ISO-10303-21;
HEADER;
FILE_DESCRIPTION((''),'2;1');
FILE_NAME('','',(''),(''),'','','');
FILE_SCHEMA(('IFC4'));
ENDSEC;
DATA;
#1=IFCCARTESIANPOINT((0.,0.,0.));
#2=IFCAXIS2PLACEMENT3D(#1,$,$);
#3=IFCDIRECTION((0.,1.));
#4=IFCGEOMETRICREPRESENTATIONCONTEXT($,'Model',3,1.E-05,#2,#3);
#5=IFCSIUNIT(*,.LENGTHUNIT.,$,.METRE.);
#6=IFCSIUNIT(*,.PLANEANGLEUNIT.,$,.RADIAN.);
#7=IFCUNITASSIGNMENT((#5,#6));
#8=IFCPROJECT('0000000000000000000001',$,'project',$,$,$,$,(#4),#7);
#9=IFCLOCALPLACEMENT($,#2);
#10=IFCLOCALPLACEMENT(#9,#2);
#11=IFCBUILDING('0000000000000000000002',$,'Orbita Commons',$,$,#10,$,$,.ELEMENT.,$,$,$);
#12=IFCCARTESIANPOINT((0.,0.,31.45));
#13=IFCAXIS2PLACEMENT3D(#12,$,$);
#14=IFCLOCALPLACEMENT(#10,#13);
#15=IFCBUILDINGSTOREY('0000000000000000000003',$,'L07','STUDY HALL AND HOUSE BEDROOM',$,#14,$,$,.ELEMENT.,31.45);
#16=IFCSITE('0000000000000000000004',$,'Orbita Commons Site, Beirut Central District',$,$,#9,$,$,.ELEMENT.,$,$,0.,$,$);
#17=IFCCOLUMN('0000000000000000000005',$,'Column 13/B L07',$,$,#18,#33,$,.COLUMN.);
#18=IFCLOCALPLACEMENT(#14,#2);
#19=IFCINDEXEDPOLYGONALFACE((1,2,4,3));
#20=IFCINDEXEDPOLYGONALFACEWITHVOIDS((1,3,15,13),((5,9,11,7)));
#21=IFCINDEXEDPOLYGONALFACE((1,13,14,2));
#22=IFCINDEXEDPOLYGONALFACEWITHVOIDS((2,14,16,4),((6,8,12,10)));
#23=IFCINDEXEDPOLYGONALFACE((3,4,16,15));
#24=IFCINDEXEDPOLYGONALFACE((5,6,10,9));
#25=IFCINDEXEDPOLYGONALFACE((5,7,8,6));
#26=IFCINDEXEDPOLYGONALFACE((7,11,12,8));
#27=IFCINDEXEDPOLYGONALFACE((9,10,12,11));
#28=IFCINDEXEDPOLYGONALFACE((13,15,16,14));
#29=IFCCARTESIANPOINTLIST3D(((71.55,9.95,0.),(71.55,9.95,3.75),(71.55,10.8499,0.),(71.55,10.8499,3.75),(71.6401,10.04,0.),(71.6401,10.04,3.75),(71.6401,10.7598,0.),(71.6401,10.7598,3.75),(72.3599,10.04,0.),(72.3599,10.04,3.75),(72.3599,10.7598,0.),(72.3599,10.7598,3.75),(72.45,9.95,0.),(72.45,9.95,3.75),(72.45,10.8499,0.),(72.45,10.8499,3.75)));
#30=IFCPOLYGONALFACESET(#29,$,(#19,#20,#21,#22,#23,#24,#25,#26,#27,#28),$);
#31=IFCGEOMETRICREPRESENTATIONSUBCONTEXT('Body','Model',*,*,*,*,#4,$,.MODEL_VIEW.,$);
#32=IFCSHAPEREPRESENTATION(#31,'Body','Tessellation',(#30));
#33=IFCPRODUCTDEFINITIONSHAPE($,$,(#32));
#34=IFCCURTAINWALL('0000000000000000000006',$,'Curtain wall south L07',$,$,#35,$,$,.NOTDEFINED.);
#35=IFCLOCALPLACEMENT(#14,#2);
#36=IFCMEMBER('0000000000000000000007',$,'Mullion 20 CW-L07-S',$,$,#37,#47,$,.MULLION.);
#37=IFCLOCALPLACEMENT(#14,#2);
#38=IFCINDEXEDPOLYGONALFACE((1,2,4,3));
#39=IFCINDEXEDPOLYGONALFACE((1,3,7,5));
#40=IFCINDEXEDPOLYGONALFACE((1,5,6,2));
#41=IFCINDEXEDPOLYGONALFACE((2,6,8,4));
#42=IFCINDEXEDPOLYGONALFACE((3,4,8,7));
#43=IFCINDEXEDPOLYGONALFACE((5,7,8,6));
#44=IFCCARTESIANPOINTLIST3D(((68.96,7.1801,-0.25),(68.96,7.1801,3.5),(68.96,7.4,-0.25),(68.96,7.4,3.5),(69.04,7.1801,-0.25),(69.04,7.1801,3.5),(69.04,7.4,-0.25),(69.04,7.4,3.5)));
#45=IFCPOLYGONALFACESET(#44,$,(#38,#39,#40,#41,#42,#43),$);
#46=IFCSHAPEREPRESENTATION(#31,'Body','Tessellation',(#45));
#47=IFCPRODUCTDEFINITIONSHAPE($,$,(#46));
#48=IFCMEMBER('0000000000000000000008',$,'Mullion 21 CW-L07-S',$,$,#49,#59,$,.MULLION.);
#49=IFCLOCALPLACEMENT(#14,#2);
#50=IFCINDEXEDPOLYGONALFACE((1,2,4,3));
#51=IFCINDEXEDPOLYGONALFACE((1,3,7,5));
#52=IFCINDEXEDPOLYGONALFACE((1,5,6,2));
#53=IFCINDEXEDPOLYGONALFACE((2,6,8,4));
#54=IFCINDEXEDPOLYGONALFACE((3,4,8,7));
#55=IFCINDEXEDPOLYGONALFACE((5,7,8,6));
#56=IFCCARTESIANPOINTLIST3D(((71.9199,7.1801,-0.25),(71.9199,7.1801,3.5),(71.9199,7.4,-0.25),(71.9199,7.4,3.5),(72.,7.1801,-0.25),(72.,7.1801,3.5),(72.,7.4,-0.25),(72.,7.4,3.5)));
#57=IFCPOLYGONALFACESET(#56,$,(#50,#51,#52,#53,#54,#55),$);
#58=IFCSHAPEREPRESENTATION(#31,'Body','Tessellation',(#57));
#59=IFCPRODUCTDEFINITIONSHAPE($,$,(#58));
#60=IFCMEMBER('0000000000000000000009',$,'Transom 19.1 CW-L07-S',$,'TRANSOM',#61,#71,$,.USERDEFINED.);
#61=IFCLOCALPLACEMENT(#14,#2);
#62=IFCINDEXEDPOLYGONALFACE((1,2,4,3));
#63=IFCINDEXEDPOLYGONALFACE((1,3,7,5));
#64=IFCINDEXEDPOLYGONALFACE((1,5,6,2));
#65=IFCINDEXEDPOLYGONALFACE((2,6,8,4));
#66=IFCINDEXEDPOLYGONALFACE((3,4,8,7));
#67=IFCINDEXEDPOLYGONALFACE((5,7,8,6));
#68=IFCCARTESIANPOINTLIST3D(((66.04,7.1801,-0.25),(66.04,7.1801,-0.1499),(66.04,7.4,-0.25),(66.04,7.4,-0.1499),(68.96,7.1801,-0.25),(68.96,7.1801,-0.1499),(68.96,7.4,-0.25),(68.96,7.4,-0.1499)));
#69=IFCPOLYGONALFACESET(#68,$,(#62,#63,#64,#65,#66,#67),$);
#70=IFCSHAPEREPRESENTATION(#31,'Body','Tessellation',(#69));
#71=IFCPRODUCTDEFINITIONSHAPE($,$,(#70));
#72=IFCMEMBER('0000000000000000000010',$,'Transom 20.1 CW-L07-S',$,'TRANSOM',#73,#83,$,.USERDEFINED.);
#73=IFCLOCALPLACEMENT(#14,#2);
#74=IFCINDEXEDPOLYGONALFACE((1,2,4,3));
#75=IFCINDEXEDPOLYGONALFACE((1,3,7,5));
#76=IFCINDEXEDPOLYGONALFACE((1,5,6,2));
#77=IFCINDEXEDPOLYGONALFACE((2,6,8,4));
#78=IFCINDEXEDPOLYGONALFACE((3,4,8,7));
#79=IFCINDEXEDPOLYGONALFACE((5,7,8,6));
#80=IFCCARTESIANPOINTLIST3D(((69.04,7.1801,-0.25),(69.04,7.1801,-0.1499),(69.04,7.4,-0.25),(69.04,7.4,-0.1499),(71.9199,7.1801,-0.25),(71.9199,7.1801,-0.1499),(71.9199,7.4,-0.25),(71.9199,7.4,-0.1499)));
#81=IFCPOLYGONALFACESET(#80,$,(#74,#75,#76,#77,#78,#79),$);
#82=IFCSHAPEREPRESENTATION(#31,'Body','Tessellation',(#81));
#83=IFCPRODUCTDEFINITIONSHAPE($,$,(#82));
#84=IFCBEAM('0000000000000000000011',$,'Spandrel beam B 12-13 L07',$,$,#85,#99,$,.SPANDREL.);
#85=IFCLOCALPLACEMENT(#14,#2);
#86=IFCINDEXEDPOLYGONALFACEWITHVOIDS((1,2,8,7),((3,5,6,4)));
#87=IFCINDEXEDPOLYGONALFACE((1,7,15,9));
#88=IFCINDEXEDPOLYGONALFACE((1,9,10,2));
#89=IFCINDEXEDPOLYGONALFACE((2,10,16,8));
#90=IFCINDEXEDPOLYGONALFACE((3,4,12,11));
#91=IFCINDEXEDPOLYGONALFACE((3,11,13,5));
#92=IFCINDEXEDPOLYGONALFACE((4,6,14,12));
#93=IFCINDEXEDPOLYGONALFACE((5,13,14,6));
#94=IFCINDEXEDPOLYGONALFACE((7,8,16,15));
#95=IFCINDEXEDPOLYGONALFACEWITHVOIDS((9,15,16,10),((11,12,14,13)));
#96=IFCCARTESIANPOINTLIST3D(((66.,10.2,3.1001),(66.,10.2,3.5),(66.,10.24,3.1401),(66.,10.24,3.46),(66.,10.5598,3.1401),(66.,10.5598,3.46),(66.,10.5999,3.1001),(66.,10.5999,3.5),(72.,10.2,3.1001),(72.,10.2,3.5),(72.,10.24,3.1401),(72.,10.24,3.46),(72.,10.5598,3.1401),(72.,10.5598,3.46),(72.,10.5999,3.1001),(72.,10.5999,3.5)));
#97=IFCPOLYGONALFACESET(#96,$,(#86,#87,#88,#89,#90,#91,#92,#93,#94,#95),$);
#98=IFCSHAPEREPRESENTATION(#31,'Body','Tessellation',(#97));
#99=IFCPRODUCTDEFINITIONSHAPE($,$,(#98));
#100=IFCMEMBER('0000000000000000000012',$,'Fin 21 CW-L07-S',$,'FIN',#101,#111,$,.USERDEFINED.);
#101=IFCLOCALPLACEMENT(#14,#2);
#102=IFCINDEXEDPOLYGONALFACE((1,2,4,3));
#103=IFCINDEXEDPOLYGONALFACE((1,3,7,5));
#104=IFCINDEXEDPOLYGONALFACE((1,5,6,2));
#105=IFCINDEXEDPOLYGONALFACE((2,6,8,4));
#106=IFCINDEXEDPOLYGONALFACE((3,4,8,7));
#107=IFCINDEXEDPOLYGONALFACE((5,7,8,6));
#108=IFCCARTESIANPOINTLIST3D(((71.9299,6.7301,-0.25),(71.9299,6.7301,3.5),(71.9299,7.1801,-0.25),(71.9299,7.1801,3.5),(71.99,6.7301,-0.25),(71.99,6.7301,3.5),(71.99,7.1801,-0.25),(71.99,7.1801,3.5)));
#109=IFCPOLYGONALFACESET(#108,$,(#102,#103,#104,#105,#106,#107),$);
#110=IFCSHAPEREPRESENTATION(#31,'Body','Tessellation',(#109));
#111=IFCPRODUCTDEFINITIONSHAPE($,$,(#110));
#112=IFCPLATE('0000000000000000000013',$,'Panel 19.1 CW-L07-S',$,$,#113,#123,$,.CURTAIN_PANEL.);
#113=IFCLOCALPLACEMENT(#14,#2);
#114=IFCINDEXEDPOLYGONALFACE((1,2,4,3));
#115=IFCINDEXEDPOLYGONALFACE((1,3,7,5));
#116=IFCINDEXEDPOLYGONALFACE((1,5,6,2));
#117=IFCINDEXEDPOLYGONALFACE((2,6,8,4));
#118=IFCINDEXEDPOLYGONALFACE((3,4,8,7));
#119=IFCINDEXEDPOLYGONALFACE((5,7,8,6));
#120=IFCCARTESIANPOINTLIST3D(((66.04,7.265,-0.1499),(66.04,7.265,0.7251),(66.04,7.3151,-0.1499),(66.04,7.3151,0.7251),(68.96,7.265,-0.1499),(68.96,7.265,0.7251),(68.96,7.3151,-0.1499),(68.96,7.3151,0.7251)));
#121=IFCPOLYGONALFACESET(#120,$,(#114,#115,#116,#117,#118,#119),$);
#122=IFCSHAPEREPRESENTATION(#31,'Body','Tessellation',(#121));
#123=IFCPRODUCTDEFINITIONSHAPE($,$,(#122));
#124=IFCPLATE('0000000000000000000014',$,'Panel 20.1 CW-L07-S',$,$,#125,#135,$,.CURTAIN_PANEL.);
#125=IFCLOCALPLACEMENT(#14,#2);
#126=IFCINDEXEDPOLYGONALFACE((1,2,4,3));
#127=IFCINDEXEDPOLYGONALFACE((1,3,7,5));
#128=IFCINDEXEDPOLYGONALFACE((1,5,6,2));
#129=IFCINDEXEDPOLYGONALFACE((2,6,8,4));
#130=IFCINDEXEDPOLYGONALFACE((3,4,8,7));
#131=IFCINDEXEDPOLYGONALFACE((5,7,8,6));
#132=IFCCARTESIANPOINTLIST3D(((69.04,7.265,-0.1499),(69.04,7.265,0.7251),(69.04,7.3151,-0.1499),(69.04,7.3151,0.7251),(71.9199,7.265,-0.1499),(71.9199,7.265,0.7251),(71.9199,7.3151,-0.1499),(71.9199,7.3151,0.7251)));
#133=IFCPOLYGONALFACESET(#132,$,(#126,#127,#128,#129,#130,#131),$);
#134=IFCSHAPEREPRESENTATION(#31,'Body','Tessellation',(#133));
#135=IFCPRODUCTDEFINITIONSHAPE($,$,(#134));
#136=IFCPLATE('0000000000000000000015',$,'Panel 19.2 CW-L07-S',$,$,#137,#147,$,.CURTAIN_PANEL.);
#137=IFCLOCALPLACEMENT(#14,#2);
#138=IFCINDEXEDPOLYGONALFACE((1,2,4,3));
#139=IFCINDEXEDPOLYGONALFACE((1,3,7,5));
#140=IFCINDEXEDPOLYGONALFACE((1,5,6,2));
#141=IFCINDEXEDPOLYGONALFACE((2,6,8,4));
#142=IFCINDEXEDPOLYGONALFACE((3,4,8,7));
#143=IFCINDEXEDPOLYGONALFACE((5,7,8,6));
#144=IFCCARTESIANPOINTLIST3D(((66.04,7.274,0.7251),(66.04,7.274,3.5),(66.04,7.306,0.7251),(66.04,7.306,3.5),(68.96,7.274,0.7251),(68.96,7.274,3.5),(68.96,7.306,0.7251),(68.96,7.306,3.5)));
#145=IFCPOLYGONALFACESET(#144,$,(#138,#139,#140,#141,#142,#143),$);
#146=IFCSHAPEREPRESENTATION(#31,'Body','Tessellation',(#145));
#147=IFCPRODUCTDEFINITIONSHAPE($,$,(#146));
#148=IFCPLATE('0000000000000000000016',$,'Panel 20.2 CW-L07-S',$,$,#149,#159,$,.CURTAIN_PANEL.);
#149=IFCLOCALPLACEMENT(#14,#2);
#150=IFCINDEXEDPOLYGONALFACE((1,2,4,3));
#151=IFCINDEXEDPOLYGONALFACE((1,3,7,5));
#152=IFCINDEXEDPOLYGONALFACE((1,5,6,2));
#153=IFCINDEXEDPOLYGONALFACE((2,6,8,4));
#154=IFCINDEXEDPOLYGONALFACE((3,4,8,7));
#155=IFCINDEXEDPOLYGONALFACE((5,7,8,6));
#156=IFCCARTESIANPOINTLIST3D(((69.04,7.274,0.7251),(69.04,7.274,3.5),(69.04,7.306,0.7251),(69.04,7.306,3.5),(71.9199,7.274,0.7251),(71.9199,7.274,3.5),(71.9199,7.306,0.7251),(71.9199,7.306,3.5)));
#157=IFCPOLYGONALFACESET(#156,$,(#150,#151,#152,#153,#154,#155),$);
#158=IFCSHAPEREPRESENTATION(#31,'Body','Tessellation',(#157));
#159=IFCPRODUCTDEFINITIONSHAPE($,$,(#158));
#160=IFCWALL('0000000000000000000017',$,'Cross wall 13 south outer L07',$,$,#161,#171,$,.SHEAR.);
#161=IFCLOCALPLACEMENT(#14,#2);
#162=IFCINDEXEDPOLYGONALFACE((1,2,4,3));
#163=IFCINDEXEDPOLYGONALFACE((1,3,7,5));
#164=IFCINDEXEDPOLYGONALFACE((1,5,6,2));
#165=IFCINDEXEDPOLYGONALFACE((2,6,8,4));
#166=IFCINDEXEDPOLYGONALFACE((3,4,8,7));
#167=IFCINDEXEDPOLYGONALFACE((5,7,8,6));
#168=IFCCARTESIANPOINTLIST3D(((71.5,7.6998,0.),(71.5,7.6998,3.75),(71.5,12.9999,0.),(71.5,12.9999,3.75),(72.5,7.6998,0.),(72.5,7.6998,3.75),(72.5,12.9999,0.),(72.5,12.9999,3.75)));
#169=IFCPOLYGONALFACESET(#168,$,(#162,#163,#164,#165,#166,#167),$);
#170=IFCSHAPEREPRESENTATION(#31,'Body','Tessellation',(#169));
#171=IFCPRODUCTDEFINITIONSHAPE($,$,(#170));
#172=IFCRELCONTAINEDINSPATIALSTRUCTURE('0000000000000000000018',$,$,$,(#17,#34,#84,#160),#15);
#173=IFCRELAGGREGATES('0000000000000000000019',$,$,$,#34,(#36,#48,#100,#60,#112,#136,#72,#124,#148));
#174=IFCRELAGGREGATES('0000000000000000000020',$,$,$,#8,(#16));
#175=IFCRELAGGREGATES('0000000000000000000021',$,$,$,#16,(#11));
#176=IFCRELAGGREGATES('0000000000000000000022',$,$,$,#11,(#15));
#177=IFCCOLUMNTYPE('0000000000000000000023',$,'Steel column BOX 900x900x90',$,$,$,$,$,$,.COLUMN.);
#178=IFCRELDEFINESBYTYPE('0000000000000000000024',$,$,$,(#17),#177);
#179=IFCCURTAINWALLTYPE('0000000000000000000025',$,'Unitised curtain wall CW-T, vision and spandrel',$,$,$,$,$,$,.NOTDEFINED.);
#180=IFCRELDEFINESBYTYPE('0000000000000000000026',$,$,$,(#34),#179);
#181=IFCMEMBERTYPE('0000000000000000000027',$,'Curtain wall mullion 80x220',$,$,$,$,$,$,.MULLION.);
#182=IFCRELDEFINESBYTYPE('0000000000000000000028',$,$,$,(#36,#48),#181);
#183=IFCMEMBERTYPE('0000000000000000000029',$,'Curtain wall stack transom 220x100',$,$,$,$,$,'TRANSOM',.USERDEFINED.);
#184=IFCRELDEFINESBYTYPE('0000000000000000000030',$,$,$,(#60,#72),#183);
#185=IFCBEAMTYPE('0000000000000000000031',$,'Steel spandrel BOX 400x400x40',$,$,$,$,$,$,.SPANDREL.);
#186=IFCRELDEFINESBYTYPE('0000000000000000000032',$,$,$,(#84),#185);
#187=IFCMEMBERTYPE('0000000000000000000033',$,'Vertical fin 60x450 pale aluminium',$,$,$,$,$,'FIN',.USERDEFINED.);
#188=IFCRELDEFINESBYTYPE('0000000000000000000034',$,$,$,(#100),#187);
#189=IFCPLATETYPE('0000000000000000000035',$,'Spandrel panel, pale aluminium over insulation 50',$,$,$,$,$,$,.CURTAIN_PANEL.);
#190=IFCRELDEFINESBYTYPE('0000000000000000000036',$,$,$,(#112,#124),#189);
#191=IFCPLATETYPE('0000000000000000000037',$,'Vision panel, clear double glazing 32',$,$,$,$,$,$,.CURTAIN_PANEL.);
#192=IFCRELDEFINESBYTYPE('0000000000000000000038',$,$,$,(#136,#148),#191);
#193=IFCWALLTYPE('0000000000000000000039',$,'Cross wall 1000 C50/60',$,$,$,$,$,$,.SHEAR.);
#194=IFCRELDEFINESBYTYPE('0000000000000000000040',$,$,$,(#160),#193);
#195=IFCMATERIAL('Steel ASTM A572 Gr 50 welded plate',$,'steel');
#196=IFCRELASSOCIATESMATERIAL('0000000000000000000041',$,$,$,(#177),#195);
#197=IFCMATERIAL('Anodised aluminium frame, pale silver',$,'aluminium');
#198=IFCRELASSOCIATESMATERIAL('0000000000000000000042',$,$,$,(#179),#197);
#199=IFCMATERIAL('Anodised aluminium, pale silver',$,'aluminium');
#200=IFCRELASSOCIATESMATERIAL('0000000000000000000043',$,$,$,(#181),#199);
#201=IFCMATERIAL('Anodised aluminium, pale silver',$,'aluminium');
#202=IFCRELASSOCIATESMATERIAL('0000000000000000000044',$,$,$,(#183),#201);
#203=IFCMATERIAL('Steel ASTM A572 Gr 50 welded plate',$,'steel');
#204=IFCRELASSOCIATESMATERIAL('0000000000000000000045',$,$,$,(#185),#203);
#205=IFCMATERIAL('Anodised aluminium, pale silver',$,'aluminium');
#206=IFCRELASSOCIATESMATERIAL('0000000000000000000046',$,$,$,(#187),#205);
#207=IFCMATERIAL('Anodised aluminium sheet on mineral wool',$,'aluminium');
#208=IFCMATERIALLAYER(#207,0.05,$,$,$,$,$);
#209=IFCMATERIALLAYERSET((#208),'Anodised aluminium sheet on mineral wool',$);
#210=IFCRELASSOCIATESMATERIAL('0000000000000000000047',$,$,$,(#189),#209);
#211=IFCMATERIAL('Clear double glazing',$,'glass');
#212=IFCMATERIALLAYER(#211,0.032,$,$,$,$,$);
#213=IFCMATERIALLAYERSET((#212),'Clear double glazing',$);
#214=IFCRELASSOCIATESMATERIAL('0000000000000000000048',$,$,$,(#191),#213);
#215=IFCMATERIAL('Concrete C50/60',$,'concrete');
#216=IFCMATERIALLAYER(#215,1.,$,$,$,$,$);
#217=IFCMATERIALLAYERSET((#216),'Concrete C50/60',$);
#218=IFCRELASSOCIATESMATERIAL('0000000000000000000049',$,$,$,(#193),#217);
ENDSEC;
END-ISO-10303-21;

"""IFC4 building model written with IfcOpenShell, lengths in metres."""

from ifc_helpers import new_model, si_unit, direction, frame, frame_2d, origin, origin_2d, place, context, subcontext, project, spatial, rectangle, hollow_rectangle, extrude, material, layer, layer_set, material_profile, profile_set, type_object, element, aggregate, save


model = new_model("IFC4")

# Units and contexts
model_context = context("Model", 3, precision=1e-05, world=origin(), true_north=direction((0.0, 1.0)))
body_context = subcontext(model_context, "Body", "Model", "MODEL_VIEW")
ifc_project = project(units=[si_unit("LENGTHUNIT", "METRE"), si_unit("PLANEANGLEUNIT", "RADIAN")], contexts=[model_context])

# Site, building, storey
site_placement = place(None, origin())
site = spatial("IfcSite", under=ifc_project, at=site_placement, Name="Orbita Commons Site, Beirut Central District", CompositionType="ELEMENT", RefElevation=0.0)
building_placement = place(site_placement, origin())
building = spatial("IfcBuilding", under=site, at=building_placement, Name="Orbita Commons", CompositionType="ELEMENT")
storey_placement = place(building_placement, frame((0.0, 0.0, 31.45)))
storey = spatial("IfcBuildingStorey", under=building, at=storey_placement, Name="L07", Description="STUDY HALL AND HOUSE BEDROOM", CompositionType="ELEMENT", Elevation=31.45)

# Column
ifc_material_1 = material(Name="Steel ASTM A572 Gr 50 welded plate", Category="steel")
ifc_material_profile_1 = material_profile(ifc_material_1, hollow_rectangle(XDim=0.8999, YDim=0.8999, WallThickness=0.0901, at=origin_2d()), Name="BOX 900x900x90")
ifc_profile_set_1 = profile_set([ifc_material_profile_1], Name="Steel ASTM A572 Gr 50 welded plate")
column_type = type_object("IfcColumnType", Name="Steel column BOX 900x900x90", PredefinedType="COLUMN", material=ifc_profile_set_1)
column_placement = place(storey_placement, frame((72.0, 10.3999, 0.0), z_axis=(0.0, 0.0, 1.0), x_axis=(1.0, 0.0, 0.0)))
element("IfcColumn", 1, at=column_placement, inside=storey, type_object=column_type, Name="Column 13/B L07", PredefinedType="COLUMN", context=body_context, shape_type="SweptSolid", body=[
    extrude(hollow_rectangle(XDim=0.8999, YDim=0.8999, WallThickness=0.0901, at=origin_2d()), origin(), (0.0, 0.0, 1.0), 3.75),
])

# Curtain wall, members
ifc_material_2 = material(Name="Anodised aluminium frame, pale silver", Category="aluminium")
curtain_wall_type = type_object("IfcCurtainWallType", Name="Unitised curtain wall CW-T, vision and spandrel", PredefinedType="NOTDEFINED", material=ifc_material_2)
curtain_wall_placement = place(storey_placement, origin())
curtain_wall = element("IfcCurtainWall", 2, at=curtain_wall_placement, inside=storey, type_object=curtain_wall_type, Name="Curtain wall south L07", PredefinedType="NOTDEFINED")
ifc_material_3 = material(Name="Anodised aluminium, pale silver", Category="aluminium")
ifc_material_profile_2 = material_profile(ifc_material_3, rectangle(XDim=0.0801, YDim=0.22, at=origin_2d()), Name="AL 80x220")
ifc_profile_set_2 = profile_set([ifc_material_profile_2], Name="Anodised aluminium, pale silver")
member_type_1 = type_object("IfcMemberType", Name="Curtain wall mullion 80x220", PredefinedType="MULLION", material=ifc_profile_set_2)
member_1_placement = place(storey_placement, frame((69.0, 7.29, -0.25), z_axis=(0.0, 0.0, 1.0), x_axis=(1.0, 0.0, 0.0)))
member_1 = element("IfcMember", 3, at=member_1_placement, type_object=member_type_1, Name="Mullion 20 CW-L07-S", PredefinedType="MULLION", context=body_context, shape_type="SweptSolid", body=[
    extrude(rectangle(XDim=0.0801, YDim=0.22, at=origin_2d()), origin(), (0.0, 0.0, 1.0), 3.75),
])
member_2_placement = place(storey_placement, frame((71.96, 7.29, -0.25), z_axis=(0.0, 0.0, 1.0), x_axis=(1.0, 0.0, 0.0)))
member_2 = element("IfcMember", 4, at=member_2_placement, type_object=member_type_1, Name="Mullion 21 CW-L07-S", PredefinedType="MULLION", context=body_context, shape_type="SweptSolid", body=[
    extrude(rectangle(XDim=0.0801, YDim=0.22, at=origin_2d()), origin(), (0.0, 0.0, 1.0), 3.75),
])
ifc_material_4 = material(Name="Anodised aluminium, pale silver", Category="aluminium")
ifc_material_profile_3 = material_profile(ifc_material_4, rectangle(XDim=0.22, YDim=0.1001, at=origin_2d()), Name="AL 220x100")
ifc_profile_set_3 = profile_set([ifc_material_profile_3], Name="Anodised aluminium, pale silver")
member_type_2 = type_object("IfcMemberType", Name="Curtain wall stack transom 220x100", ElementType="TRANSOM", PredefinedType="USERDEFINED", material=ifc_profile_set_3)
member_3_placement = place(storey_placement, frame((66.04, 7.29, -0.2), z_axis=(1.0, 0.0, 0.0), x_axis=(0.0, 1.0, 0.0)))
member_3 = element("IfcMember", 5, at=member_3_placement, type_object=member_type_2, Name="Transom 19.1 CW-L07-S", ObjectType="TRANSOM", PredefinedType="USERDEFINED", context=body_context, shape_type="SweptSolid", body=[
    extrude(rectangle(XDim=0.22, YDim=0.1001, at=origin_2d()), origin(), (0.0, 0.0, 1.0), 2.9199),
])
member_4_placement = place(storey_placement, frame((69.04, 7.29, -0.2), z_axis=(1.0, 0.0, 0.0), x_axis=(0.0, 1.0, 0.0)))
member_4 = element("IfcMember", 6, at=member_4_placement, type_object=member_type_2, Name="Transom 20.1 CW-L07-S", ObjectType="TRANSOM", PredefinedType="USERDEFINED", context=body_context, shape_type="SweptSolid", body=[
    extrude(rectangle(XDim=0.22, YDim=0.1001, at=origin_2d()), origin(), (0.0, 0.0, 1.0), 2.8799),
])

# Beam
ifc_material_5 = material(Name="Steel ASTM A572 Gr 50 welded plate", Category="steel")
ifc_material_profile_4 = material_profile(ifc_material_5, hollow_rectangle(XDim=0.3999, YDim=0.3999, WallThickness=0.04, at=origin_2d()), Name="BOX 400x400x40")
ifc_profile_set_4 = profile_set([ifc_material_profile_4], Name="Steel ASTM A572 Gr 50 welded plate")
beam_type = type_object("IfcBeamType", Name="Steel spandrel BOX 400x400x40", PredefinedType="SPANDREL", material=ifc_profile_set_4)
beam_placement = place(storey_placement, frame((66.0, 10.3999, 3.3), z_axis=(1.0, 0.0, 0.0), x_axis=(0.0, 1.0, 0.0)))
element("IfcBeam", 7, at=beam_placement, inside=storey, type_object=beam_type, Name="Spandrel beam B 12-13 L07", PredefinedType="SPANDREL", context=body_context, shape_type="SweptSolid", body=[
    extrude(hollow_rectangle(XDim=0.3999, YDim=0.3999, WallThickness=0.04, at=origin_2d()), origin(), (0.0, 0.0, 1.0), 6.0),
])

# Member
ifc_material_6 = material(Name="Anodised aluminium, pale silver", Category="aluminium")
ifc_material_profile_5 = material_profile(ifc_material_6, rectangle(XDim=0.0601, YDim=0.45, at=origin_2d()), Name="FIN 60x450")
ifc_profile_set_5 = profile_set([ifc_material_profile_5], Name="Anodised aluminium, pale silver")
member_type_3 = type_object("IfcMemberType", Name="Vertical fin 60x450 pale aluminium", ElementType="FIN", PredefinedType="USERDEFINED", material=ifc_profile_set_5)
member_5_placement = place(storey_placement, frame((71.96, 6.9551, -0.25), z_axis=(0.0, 0.0, 1.0), x_axis=(1.0, 0.0, 0.0)))
member_5 = element("IfcMember", 8, at=member_5_placement, type_object=member_type_3, Name="Fin 21 CW-L07-S", ObjectType="FIN", PredefinedType="USERDEFINED", context=body_context, shape_type="SweptSolid", body=[
    extrude(rectangle(XDim=0.0601, YDim=0.45, at=origin_2d()), origin(), (0.0, 0.0, 1.0), 3.75),
])

# Plates
ifc_material_7 = material(Name="Anodised aluminium sheet on mineral wool", Category="aluminium")
ifc_layer_1 = layer(ifc_material_7, 0.05)
ifc_layer_set_1 = layer_set([ifc_layer_1], Name="Anodised aluminium sheet on mineral wool")
plate_type_1 = type_object("IfcPlateType", Name="Spandrel panel, pale aluminium over insulation 50", PredefinedType="CURTAIN_PANEL", material=ifc_layer_set_1)
plate_1_placement = place(storey_placement, frame((67.5, 7.29, -0.1499), z_axis=(0.0, 0.0, 1.0), x_axis=(1.0, 0.0, 0.0)))
plate_1 = element("IfcPlate", 9, at=plate_1_placement, type_object=plate_type_1, Name="Panel 19.1 CW-L07-S", PredefinedType="CURTAIN_PANEL", context=body_context, shape_type="SweptSolid", body=[
    extrude(rectangle(XDim=2.9199, YDim=0.05, at=origin_2d()), origin(), (0.0, 0.0, 1.0), 0.875),
])
plate_2_placement = place(storey_placement, frame((70.48, 7.29, -0.1499), z_axis=(0.0, 0.0, 1.0), x_axis=(1.0, 0.0, 0.0)))
plate_2 = element("IfcPlate", 10, at=plate_2_placement, type_object=plate_type_1, Name="Panel 20.1 CW-L07-S", PredefinedType="CURTAIN_PANEL", context=body_context, shape_type="SweptSolid", body=[
    extrude(rectangle(XDim=2.8799, YDim=0.05, at=origin_2d()), origin(), (0.0, 0.0, 1.0), 0.875),
])
ifc_material_8 = material(Name="Clear double glazing", Category="glass")
ifc_layer_2 = layer(ifc_material_8, 0.032)
ifc_layer_set_2 = layer_set([ifc_layer_2], Name="Clear double glazing")
plate_type_2 = type_object("IfcPlateType", Name="Vision panel, clear double glazing 32", PredefinedType="CURTAIN_PANEL", material=ifc_layer_set_2)
plate_3_placement = place(storey_placement, frame((67.5, 7.29, 0.7251), z_axis=(0.0, 0.0, 1.0), x_axis=(1.0, 0.0, 0.0)))
plate_3 = element("IfcPlate", 11, at=plate_3_placement, type_object=plate_type_2, Name="Panel 19.2 CW-L07-S", PredefinedType="CURTAIN_PANEL", context=body_context, shape_type="SweptSolid", body=[
    extrude(rectangle(XDim=2.9199, YDim=0.032, at=origin_2d()), origin(), (0.0, 0.0, 1.0), 2.7749),
])
plate_4_placement = place(storey_placement, frame((70.48, 7.29, 0.7251), z_axis=(0.0, 0.0, 1.0), x_axis=(1.0, 0.0, 0.0)))
plate_4 = element("IfcPlate", 12, at=plate_4_placement, type_object=plate_type_2, Name="Panel 20.2 CW-L07-S", PredefinedType="CURTAIN_PANEL", context=body_context, shape_type="SweptSolid", body=[
    extrude(rectangle(XDim=2.8799, YDim=0.032, at=origin_2d()), origin(), (0.0, 0.0, 1.0), 2.7749),
])
aggregate(curtain_wall, [member_1, member_2, member_5, member_3, plate_1, plate_3, member_4, plate_2, plate_4])

# Wall
ifc_material_9 = material(Name="Concrete C50/60", Category="concrete")
ifc_layer_3 = layer(ifc_material_9, 1.0)
ifc_layer_set_3 = layer_set([ifc_layer_3], Name="Concrete C50/60")
wall_type_1 = type_object("IfcWallType", Name="Cross wall 1000 C50/60", PredefinedType="SHEAR", material=ifc_layer_set_3)
wall_1_placement = place(storey_placement, frame((72.0, 7.7, 0.0), z_axis=(0.0, 0.0, 1.0), x_axis=(0.0, 1.0, 0.0)))
element("IfcWall", 13, at=wall_1_placement, inside=storey, type_object=wall_type_1, Name="Cross wall 13 south outer L07", PredefinedType="SHEAR", context=body_context, shape_type="SweptSolid", body=[
    extrude(rectangle(XDim=5.3, YDim=1.0, at=frame_2d((2.6499, 0.0))), origin(), (0.0, 0.0, 1.0), 3.75),
])

save(model, "model.ifc")
